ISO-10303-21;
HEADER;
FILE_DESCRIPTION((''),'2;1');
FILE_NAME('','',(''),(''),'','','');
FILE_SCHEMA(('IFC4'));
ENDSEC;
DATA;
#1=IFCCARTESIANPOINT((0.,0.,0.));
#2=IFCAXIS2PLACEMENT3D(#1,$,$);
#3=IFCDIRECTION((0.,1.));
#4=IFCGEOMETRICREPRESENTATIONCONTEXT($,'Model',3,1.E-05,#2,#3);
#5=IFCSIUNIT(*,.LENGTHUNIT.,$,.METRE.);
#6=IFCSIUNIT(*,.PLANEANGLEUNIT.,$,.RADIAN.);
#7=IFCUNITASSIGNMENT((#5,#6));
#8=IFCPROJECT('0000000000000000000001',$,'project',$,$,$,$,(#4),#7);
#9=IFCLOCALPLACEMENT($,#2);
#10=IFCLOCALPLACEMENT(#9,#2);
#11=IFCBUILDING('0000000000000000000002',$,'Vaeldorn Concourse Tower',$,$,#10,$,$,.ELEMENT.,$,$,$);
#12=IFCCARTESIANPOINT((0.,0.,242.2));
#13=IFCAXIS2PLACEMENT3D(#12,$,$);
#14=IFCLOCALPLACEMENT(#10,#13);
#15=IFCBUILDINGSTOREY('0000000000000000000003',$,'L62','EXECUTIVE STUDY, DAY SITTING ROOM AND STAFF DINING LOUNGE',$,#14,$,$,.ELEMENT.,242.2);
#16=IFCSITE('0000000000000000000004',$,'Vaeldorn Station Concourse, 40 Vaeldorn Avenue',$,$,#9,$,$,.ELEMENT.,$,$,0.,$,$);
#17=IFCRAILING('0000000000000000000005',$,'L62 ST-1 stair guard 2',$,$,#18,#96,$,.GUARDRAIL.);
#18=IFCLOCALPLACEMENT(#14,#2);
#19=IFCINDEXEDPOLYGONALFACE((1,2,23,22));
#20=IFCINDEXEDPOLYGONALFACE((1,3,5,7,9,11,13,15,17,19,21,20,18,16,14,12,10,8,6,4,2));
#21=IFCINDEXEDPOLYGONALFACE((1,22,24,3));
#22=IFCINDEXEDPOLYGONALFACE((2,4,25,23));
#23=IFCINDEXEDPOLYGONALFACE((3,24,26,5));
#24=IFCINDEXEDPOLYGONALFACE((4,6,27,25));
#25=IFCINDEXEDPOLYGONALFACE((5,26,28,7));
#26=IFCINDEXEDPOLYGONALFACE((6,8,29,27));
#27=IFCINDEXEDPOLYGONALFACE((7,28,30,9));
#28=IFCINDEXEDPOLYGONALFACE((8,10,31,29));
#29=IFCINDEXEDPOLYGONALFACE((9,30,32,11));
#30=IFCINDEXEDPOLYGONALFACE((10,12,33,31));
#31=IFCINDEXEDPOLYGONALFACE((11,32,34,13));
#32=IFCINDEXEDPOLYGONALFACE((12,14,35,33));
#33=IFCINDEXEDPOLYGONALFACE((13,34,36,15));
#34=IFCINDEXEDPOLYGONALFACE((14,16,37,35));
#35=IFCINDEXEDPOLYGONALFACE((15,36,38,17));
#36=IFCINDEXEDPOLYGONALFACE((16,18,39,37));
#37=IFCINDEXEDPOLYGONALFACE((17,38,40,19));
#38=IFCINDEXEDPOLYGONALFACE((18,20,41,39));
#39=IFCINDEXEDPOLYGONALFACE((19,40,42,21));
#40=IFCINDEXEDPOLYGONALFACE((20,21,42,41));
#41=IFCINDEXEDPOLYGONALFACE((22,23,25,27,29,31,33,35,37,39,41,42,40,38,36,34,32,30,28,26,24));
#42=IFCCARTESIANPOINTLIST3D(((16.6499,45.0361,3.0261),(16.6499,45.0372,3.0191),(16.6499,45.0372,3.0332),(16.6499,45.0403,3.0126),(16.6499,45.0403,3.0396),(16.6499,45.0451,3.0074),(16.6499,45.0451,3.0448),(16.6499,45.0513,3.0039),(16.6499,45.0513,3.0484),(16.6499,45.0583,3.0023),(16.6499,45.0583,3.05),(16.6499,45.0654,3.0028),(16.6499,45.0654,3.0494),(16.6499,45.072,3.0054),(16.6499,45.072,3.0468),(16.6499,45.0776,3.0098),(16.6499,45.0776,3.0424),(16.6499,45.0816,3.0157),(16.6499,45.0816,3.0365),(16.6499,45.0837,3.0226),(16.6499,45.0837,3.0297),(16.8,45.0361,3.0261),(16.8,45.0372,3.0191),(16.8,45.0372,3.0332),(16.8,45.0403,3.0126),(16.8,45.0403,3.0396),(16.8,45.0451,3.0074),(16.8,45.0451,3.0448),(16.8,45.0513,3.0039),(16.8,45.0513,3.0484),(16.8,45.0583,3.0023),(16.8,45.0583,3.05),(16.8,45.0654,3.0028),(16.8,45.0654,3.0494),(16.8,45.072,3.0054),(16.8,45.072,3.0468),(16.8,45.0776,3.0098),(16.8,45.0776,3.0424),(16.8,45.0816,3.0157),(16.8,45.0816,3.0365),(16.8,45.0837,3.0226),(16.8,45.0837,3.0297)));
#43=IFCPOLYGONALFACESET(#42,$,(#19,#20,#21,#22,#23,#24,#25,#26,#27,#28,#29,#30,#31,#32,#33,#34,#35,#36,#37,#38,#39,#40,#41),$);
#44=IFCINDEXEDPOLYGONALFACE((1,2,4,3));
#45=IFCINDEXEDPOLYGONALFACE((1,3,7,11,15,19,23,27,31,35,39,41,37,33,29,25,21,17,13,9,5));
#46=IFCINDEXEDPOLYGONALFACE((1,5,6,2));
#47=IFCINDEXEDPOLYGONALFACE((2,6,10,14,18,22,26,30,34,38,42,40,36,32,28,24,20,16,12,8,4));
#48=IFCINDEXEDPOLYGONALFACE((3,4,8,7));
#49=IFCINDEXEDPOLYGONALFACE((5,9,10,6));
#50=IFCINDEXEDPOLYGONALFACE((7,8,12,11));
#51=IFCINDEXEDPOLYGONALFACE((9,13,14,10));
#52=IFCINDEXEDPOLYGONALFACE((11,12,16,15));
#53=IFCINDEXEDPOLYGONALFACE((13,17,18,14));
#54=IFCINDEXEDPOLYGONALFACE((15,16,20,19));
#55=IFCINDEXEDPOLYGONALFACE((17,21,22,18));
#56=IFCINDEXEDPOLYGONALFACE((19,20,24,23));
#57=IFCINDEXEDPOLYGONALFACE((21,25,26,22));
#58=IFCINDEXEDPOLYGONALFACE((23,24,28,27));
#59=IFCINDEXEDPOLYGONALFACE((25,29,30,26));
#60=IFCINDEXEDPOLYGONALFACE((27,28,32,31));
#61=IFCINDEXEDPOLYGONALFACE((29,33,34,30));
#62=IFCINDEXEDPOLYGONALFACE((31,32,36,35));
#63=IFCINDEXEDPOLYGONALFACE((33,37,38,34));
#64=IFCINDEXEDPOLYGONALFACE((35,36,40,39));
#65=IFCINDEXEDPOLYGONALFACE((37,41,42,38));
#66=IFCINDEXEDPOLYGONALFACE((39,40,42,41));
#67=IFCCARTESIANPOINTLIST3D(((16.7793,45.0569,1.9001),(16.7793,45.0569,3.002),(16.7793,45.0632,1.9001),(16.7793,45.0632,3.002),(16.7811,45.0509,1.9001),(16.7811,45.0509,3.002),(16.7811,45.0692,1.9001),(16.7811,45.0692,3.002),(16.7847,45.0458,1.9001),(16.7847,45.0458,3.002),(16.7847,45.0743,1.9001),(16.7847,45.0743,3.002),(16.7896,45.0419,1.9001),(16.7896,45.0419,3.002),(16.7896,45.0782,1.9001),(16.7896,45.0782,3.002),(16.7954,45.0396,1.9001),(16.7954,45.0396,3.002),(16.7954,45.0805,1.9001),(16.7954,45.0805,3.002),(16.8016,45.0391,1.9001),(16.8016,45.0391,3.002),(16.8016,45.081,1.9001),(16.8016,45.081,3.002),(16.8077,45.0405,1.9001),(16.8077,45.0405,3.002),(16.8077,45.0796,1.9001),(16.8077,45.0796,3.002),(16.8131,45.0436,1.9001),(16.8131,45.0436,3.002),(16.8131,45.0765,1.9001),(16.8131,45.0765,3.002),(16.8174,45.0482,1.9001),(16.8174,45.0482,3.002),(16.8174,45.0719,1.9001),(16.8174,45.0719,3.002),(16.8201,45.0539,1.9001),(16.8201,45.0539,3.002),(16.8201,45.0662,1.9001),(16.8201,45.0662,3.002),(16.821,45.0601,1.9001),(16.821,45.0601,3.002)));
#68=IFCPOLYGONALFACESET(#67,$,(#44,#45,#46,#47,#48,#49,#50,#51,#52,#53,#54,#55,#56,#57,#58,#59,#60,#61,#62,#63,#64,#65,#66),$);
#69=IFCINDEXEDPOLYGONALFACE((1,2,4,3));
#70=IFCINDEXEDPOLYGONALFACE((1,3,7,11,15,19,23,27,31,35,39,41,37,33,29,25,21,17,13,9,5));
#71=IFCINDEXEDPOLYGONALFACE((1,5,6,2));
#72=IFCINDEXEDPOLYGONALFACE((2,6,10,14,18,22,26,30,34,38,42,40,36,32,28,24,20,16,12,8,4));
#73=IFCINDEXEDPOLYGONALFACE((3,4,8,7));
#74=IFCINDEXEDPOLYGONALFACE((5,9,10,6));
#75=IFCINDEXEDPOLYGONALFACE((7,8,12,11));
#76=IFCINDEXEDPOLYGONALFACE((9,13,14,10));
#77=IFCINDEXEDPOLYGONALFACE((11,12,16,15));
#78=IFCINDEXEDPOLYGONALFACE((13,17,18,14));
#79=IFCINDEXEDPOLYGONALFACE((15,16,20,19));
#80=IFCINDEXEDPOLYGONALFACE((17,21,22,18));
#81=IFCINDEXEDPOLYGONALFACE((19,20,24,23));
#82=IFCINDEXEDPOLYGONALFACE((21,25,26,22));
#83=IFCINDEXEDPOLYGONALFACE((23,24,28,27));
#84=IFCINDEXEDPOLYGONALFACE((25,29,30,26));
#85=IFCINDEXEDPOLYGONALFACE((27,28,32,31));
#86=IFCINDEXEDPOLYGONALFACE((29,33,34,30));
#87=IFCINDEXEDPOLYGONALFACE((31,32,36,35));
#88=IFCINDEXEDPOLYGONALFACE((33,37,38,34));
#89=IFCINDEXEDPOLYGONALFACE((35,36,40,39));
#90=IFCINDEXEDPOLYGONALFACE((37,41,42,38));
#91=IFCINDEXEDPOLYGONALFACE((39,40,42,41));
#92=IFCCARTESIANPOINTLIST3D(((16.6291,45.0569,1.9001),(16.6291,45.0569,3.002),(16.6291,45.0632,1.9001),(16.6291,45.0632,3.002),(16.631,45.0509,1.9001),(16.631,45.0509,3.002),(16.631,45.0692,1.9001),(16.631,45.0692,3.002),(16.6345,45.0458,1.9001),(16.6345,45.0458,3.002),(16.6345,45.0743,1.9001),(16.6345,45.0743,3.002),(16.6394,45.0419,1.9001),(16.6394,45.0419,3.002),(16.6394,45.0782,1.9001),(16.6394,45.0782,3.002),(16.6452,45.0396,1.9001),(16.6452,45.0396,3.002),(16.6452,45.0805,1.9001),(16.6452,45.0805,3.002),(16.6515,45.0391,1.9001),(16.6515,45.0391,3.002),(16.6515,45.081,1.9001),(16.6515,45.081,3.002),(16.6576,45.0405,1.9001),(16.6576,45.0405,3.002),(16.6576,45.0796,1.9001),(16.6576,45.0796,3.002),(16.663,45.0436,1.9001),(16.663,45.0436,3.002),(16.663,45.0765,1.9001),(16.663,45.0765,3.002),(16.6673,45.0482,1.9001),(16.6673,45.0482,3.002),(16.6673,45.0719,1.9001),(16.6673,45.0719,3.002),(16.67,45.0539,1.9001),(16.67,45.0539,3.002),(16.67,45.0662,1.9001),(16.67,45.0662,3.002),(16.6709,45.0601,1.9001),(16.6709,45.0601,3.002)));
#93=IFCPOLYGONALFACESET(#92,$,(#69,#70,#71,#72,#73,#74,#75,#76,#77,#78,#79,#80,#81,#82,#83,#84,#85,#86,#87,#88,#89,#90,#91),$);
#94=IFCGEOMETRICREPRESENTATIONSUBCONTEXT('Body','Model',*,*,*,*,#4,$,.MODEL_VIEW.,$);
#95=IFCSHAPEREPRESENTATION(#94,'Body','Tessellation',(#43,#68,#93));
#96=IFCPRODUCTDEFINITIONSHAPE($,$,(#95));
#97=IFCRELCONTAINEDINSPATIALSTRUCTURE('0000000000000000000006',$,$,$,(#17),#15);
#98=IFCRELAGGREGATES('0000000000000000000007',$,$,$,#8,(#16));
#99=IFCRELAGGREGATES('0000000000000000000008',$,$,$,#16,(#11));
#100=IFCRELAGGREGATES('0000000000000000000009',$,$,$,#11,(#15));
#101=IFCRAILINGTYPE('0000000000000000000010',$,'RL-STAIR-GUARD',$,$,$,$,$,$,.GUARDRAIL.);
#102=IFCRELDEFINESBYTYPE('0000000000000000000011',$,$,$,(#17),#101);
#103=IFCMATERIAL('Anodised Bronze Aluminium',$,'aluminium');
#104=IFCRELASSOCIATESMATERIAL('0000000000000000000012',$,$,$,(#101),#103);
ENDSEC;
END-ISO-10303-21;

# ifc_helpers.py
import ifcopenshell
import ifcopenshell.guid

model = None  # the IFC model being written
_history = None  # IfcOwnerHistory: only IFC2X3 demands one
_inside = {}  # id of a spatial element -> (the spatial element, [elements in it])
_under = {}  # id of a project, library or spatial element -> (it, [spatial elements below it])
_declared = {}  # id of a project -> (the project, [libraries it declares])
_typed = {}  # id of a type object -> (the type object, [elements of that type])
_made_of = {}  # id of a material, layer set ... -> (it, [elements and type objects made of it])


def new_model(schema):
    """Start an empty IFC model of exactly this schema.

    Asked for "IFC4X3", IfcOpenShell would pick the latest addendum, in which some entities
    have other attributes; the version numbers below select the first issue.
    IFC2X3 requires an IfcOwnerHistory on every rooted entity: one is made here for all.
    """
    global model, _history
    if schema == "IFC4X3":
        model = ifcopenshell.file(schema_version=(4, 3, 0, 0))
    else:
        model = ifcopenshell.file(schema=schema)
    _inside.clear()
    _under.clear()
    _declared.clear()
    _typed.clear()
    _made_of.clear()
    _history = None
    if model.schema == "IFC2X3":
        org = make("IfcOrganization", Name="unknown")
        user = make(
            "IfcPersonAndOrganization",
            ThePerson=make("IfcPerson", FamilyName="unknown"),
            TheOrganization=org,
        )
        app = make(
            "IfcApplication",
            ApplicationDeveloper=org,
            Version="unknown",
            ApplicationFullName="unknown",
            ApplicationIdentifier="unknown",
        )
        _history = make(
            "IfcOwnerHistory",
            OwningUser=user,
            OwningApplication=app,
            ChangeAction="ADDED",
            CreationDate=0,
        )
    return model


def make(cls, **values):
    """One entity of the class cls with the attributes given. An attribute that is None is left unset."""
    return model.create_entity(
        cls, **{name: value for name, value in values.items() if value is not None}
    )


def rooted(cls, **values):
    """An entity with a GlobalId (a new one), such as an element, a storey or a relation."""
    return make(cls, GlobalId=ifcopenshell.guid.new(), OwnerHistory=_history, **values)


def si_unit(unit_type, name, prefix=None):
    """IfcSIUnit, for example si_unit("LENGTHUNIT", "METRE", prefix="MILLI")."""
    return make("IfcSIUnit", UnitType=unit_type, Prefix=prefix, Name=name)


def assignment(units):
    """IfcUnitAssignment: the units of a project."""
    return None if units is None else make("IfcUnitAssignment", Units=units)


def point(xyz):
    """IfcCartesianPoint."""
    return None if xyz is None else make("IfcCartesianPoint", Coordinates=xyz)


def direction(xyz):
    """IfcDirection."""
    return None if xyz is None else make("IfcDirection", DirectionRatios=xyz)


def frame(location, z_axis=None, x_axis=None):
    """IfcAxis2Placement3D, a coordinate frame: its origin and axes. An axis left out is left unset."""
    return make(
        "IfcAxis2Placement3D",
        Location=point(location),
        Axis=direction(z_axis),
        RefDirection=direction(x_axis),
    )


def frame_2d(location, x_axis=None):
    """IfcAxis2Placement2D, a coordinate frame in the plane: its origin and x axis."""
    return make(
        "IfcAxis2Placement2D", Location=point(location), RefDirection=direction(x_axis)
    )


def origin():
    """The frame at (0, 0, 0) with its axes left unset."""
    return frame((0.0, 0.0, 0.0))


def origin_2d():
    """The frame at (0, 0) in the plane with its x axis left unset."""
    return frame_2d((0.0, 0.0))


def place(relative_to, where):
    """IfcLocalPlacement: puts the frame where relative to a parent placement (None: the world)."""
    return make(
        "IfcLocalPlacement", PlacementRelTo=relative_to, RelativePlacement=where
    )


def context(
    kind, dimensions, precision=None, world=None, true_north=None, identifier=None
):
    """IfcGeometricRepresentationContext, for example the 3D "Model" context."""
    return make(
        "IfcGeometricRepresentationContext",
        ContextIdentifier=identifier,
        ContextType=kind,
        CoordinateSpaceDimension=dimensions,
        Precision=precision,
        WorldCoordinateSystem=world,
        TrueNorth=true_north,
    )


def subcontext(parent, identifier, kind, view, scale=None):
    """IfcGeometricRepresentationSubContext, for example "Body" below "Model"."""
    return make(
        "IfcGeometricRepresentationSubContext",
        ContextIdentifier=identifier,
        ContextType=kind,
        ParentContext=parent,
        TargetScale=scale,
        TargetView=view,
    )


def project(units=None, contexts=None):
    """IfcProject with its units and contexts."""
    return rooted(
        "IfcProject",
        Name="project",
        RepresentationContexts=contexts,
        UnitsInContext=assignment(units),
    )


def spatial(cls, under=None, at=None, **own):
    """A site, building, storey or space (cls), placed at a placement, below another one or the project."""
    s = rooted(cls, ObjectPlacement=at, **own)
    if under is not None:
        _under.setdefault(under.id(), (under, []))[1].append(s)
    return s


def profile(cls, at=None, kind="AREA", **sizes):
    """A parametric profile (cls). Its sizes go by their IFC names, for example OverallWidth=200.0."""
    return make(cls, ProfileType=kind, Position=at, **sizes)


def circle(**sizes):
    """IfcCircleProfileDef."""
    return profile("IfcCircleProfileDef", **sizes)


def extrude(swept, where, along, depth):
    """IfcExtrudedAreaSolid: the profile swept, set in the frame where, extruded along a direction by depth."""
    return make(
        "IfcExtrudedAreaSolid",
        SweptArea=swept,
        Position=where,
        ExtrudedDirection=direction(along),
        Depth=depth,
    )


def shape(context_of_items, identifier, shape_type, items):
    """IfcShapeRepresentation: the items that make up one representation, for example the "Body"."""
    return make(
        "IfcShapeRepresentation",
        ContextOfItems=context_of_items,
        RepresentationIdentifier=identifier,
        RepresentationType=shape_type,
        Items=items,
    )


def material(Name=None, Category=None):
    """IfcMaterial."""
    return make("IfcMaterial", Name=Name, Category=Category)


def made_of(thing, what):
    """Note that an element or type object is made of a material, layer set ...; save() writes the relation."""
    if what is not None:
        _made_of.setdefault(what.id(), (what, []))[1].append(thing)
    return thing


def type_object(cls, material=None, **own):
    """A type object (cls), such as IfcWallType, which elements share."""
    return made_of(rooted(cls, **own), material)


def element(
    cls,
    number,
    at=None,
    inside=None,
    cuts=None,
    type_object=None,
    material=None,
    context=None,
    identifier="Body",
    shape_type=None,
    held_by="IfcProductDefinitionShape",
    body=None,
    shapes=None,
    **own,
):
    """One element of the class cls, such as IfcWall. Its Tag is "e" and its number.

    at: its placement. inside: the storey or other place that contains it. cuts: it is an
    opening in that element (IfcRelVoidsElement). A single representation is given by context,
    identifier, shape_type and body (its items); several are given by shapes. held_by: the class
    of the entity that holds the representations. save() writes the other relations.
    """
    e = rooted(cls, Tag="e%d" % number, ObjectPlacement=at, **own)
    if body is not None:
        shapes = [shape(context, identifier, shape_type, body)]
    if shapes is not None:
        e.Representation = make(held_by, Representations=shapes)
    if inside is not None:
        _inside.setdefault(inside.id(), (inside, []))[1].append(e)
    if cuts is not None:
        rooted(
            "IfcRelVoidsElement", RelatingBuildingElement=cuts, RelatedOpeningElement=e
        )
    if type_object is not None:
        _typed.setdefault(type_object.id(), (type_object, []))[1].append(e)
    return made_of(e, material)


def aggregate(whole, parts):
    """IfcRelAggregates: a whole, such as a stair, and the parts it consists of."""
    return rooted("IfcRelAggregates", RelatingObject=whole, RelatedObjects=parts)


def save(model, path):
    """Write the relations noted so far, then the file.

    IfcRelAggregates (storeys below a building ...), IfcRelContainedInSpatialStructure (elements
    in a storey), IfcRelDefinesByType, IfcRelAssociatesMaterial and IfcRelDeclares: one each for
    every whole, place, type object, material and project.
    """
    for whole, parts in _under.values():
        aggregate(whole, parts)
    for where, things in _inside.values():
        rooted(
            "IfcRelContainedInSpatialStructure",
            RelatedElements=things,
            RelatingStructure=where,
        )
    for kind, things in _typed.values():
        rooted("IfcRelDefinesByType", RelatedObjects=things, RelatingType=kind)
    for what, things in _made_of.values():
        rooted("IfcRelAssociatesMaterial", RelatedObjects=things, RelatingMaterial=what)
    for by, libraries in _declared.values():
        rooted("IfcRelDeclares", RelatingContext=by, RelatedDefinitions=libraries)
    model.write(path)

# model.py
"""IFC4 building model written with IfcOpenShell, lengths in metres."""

from ifc_helpers import new_model, si_unit, direction, frame, origin, origin_2d, place, context, subcontext, project, spatial, circle, extrude, material, type_object, element, save


model = new_model("IFC4")

# Units and contexts
model_context = context("Model", 3, precision=1e-05, world=origin(), true_north=direction((0.0, 1.0)))
body_context = subcontext(model_context, "Body", "Model", "MODEL_VIEW")
ifc_project = project(units=[si_unit("LENGTHUNIT", "METRE"), si_unit("PLANEANGLEUNIT", "RADIAN")], contexts=[model_context])

# Site, building, storey
site_placement = place(None, origin())
site = spatial("IfcSite", under=ifc_project, at=site_placement, Name="Vaeldorn Station Concourse, 40 Vaeldorn Avenue", CompositionType="ELEMENT", RefElevation=0.0)
building_placement = place(site_placement, origin())
building = spatial("IfcBuilding", under=site, at=building_placement, Name="Vaeldorn Concourse Tower", CompositionType="ELEMENT")
storey_placement = place(building_placement, frame((0.0, 0.0, 242.2)))
storey = spatial("IfcBuildingStorey", under=building, at=storey_placement, Name="L62", Description="EXECUTIVE STUDY, DAY SITTING ROOM AND STAFF DINING LOUNGE", CompositionType="ELEMENT", Elevation=242.2)

# Shared definitions
ifc_material_1 = material(Name="Anodised Bronze Aluminium", Category="aluminium")

# Railing
railing_type_1 = type_object("IfcRailingType", Name="RL-STAIR-GUARD", PredefinedType="GUARDRAIL", material=ifc_material_1)
railing_1_placement = place(storey_placement, frame((16.8, 45.0601, 1.9001)))
element("IfcRailing", 1, at=railing_1_placement, inside=storey, type_object=railing_type_1, Name="L62 ST-1 stair guard 2", PredefinedType="GUARDRAIL", context=body_context, shape_type="SweptSolid", body=[
    extrude(circle(Radius=0.0239, at=origin_2d()), frame((0.0, 0.0, 1.126), z_axis=(-1.0, 0.0, 0.0), x_axis=(0.0, -1.0, 0.0)), (0.0, 0.0, 1.0), 0.1501),
    extrude(circle(Radius=0.021, at=origin_2d()), origin(), (0.0, 0.0, 1.0), 1.1018),
    extrude(circle(Radius=0.021, at=origin_2d()), frame((-0.1501, 0.0, 0.0)), (0.0, 0.0, 1.0), 1.1018),
])

save(model, "model.ifc")
